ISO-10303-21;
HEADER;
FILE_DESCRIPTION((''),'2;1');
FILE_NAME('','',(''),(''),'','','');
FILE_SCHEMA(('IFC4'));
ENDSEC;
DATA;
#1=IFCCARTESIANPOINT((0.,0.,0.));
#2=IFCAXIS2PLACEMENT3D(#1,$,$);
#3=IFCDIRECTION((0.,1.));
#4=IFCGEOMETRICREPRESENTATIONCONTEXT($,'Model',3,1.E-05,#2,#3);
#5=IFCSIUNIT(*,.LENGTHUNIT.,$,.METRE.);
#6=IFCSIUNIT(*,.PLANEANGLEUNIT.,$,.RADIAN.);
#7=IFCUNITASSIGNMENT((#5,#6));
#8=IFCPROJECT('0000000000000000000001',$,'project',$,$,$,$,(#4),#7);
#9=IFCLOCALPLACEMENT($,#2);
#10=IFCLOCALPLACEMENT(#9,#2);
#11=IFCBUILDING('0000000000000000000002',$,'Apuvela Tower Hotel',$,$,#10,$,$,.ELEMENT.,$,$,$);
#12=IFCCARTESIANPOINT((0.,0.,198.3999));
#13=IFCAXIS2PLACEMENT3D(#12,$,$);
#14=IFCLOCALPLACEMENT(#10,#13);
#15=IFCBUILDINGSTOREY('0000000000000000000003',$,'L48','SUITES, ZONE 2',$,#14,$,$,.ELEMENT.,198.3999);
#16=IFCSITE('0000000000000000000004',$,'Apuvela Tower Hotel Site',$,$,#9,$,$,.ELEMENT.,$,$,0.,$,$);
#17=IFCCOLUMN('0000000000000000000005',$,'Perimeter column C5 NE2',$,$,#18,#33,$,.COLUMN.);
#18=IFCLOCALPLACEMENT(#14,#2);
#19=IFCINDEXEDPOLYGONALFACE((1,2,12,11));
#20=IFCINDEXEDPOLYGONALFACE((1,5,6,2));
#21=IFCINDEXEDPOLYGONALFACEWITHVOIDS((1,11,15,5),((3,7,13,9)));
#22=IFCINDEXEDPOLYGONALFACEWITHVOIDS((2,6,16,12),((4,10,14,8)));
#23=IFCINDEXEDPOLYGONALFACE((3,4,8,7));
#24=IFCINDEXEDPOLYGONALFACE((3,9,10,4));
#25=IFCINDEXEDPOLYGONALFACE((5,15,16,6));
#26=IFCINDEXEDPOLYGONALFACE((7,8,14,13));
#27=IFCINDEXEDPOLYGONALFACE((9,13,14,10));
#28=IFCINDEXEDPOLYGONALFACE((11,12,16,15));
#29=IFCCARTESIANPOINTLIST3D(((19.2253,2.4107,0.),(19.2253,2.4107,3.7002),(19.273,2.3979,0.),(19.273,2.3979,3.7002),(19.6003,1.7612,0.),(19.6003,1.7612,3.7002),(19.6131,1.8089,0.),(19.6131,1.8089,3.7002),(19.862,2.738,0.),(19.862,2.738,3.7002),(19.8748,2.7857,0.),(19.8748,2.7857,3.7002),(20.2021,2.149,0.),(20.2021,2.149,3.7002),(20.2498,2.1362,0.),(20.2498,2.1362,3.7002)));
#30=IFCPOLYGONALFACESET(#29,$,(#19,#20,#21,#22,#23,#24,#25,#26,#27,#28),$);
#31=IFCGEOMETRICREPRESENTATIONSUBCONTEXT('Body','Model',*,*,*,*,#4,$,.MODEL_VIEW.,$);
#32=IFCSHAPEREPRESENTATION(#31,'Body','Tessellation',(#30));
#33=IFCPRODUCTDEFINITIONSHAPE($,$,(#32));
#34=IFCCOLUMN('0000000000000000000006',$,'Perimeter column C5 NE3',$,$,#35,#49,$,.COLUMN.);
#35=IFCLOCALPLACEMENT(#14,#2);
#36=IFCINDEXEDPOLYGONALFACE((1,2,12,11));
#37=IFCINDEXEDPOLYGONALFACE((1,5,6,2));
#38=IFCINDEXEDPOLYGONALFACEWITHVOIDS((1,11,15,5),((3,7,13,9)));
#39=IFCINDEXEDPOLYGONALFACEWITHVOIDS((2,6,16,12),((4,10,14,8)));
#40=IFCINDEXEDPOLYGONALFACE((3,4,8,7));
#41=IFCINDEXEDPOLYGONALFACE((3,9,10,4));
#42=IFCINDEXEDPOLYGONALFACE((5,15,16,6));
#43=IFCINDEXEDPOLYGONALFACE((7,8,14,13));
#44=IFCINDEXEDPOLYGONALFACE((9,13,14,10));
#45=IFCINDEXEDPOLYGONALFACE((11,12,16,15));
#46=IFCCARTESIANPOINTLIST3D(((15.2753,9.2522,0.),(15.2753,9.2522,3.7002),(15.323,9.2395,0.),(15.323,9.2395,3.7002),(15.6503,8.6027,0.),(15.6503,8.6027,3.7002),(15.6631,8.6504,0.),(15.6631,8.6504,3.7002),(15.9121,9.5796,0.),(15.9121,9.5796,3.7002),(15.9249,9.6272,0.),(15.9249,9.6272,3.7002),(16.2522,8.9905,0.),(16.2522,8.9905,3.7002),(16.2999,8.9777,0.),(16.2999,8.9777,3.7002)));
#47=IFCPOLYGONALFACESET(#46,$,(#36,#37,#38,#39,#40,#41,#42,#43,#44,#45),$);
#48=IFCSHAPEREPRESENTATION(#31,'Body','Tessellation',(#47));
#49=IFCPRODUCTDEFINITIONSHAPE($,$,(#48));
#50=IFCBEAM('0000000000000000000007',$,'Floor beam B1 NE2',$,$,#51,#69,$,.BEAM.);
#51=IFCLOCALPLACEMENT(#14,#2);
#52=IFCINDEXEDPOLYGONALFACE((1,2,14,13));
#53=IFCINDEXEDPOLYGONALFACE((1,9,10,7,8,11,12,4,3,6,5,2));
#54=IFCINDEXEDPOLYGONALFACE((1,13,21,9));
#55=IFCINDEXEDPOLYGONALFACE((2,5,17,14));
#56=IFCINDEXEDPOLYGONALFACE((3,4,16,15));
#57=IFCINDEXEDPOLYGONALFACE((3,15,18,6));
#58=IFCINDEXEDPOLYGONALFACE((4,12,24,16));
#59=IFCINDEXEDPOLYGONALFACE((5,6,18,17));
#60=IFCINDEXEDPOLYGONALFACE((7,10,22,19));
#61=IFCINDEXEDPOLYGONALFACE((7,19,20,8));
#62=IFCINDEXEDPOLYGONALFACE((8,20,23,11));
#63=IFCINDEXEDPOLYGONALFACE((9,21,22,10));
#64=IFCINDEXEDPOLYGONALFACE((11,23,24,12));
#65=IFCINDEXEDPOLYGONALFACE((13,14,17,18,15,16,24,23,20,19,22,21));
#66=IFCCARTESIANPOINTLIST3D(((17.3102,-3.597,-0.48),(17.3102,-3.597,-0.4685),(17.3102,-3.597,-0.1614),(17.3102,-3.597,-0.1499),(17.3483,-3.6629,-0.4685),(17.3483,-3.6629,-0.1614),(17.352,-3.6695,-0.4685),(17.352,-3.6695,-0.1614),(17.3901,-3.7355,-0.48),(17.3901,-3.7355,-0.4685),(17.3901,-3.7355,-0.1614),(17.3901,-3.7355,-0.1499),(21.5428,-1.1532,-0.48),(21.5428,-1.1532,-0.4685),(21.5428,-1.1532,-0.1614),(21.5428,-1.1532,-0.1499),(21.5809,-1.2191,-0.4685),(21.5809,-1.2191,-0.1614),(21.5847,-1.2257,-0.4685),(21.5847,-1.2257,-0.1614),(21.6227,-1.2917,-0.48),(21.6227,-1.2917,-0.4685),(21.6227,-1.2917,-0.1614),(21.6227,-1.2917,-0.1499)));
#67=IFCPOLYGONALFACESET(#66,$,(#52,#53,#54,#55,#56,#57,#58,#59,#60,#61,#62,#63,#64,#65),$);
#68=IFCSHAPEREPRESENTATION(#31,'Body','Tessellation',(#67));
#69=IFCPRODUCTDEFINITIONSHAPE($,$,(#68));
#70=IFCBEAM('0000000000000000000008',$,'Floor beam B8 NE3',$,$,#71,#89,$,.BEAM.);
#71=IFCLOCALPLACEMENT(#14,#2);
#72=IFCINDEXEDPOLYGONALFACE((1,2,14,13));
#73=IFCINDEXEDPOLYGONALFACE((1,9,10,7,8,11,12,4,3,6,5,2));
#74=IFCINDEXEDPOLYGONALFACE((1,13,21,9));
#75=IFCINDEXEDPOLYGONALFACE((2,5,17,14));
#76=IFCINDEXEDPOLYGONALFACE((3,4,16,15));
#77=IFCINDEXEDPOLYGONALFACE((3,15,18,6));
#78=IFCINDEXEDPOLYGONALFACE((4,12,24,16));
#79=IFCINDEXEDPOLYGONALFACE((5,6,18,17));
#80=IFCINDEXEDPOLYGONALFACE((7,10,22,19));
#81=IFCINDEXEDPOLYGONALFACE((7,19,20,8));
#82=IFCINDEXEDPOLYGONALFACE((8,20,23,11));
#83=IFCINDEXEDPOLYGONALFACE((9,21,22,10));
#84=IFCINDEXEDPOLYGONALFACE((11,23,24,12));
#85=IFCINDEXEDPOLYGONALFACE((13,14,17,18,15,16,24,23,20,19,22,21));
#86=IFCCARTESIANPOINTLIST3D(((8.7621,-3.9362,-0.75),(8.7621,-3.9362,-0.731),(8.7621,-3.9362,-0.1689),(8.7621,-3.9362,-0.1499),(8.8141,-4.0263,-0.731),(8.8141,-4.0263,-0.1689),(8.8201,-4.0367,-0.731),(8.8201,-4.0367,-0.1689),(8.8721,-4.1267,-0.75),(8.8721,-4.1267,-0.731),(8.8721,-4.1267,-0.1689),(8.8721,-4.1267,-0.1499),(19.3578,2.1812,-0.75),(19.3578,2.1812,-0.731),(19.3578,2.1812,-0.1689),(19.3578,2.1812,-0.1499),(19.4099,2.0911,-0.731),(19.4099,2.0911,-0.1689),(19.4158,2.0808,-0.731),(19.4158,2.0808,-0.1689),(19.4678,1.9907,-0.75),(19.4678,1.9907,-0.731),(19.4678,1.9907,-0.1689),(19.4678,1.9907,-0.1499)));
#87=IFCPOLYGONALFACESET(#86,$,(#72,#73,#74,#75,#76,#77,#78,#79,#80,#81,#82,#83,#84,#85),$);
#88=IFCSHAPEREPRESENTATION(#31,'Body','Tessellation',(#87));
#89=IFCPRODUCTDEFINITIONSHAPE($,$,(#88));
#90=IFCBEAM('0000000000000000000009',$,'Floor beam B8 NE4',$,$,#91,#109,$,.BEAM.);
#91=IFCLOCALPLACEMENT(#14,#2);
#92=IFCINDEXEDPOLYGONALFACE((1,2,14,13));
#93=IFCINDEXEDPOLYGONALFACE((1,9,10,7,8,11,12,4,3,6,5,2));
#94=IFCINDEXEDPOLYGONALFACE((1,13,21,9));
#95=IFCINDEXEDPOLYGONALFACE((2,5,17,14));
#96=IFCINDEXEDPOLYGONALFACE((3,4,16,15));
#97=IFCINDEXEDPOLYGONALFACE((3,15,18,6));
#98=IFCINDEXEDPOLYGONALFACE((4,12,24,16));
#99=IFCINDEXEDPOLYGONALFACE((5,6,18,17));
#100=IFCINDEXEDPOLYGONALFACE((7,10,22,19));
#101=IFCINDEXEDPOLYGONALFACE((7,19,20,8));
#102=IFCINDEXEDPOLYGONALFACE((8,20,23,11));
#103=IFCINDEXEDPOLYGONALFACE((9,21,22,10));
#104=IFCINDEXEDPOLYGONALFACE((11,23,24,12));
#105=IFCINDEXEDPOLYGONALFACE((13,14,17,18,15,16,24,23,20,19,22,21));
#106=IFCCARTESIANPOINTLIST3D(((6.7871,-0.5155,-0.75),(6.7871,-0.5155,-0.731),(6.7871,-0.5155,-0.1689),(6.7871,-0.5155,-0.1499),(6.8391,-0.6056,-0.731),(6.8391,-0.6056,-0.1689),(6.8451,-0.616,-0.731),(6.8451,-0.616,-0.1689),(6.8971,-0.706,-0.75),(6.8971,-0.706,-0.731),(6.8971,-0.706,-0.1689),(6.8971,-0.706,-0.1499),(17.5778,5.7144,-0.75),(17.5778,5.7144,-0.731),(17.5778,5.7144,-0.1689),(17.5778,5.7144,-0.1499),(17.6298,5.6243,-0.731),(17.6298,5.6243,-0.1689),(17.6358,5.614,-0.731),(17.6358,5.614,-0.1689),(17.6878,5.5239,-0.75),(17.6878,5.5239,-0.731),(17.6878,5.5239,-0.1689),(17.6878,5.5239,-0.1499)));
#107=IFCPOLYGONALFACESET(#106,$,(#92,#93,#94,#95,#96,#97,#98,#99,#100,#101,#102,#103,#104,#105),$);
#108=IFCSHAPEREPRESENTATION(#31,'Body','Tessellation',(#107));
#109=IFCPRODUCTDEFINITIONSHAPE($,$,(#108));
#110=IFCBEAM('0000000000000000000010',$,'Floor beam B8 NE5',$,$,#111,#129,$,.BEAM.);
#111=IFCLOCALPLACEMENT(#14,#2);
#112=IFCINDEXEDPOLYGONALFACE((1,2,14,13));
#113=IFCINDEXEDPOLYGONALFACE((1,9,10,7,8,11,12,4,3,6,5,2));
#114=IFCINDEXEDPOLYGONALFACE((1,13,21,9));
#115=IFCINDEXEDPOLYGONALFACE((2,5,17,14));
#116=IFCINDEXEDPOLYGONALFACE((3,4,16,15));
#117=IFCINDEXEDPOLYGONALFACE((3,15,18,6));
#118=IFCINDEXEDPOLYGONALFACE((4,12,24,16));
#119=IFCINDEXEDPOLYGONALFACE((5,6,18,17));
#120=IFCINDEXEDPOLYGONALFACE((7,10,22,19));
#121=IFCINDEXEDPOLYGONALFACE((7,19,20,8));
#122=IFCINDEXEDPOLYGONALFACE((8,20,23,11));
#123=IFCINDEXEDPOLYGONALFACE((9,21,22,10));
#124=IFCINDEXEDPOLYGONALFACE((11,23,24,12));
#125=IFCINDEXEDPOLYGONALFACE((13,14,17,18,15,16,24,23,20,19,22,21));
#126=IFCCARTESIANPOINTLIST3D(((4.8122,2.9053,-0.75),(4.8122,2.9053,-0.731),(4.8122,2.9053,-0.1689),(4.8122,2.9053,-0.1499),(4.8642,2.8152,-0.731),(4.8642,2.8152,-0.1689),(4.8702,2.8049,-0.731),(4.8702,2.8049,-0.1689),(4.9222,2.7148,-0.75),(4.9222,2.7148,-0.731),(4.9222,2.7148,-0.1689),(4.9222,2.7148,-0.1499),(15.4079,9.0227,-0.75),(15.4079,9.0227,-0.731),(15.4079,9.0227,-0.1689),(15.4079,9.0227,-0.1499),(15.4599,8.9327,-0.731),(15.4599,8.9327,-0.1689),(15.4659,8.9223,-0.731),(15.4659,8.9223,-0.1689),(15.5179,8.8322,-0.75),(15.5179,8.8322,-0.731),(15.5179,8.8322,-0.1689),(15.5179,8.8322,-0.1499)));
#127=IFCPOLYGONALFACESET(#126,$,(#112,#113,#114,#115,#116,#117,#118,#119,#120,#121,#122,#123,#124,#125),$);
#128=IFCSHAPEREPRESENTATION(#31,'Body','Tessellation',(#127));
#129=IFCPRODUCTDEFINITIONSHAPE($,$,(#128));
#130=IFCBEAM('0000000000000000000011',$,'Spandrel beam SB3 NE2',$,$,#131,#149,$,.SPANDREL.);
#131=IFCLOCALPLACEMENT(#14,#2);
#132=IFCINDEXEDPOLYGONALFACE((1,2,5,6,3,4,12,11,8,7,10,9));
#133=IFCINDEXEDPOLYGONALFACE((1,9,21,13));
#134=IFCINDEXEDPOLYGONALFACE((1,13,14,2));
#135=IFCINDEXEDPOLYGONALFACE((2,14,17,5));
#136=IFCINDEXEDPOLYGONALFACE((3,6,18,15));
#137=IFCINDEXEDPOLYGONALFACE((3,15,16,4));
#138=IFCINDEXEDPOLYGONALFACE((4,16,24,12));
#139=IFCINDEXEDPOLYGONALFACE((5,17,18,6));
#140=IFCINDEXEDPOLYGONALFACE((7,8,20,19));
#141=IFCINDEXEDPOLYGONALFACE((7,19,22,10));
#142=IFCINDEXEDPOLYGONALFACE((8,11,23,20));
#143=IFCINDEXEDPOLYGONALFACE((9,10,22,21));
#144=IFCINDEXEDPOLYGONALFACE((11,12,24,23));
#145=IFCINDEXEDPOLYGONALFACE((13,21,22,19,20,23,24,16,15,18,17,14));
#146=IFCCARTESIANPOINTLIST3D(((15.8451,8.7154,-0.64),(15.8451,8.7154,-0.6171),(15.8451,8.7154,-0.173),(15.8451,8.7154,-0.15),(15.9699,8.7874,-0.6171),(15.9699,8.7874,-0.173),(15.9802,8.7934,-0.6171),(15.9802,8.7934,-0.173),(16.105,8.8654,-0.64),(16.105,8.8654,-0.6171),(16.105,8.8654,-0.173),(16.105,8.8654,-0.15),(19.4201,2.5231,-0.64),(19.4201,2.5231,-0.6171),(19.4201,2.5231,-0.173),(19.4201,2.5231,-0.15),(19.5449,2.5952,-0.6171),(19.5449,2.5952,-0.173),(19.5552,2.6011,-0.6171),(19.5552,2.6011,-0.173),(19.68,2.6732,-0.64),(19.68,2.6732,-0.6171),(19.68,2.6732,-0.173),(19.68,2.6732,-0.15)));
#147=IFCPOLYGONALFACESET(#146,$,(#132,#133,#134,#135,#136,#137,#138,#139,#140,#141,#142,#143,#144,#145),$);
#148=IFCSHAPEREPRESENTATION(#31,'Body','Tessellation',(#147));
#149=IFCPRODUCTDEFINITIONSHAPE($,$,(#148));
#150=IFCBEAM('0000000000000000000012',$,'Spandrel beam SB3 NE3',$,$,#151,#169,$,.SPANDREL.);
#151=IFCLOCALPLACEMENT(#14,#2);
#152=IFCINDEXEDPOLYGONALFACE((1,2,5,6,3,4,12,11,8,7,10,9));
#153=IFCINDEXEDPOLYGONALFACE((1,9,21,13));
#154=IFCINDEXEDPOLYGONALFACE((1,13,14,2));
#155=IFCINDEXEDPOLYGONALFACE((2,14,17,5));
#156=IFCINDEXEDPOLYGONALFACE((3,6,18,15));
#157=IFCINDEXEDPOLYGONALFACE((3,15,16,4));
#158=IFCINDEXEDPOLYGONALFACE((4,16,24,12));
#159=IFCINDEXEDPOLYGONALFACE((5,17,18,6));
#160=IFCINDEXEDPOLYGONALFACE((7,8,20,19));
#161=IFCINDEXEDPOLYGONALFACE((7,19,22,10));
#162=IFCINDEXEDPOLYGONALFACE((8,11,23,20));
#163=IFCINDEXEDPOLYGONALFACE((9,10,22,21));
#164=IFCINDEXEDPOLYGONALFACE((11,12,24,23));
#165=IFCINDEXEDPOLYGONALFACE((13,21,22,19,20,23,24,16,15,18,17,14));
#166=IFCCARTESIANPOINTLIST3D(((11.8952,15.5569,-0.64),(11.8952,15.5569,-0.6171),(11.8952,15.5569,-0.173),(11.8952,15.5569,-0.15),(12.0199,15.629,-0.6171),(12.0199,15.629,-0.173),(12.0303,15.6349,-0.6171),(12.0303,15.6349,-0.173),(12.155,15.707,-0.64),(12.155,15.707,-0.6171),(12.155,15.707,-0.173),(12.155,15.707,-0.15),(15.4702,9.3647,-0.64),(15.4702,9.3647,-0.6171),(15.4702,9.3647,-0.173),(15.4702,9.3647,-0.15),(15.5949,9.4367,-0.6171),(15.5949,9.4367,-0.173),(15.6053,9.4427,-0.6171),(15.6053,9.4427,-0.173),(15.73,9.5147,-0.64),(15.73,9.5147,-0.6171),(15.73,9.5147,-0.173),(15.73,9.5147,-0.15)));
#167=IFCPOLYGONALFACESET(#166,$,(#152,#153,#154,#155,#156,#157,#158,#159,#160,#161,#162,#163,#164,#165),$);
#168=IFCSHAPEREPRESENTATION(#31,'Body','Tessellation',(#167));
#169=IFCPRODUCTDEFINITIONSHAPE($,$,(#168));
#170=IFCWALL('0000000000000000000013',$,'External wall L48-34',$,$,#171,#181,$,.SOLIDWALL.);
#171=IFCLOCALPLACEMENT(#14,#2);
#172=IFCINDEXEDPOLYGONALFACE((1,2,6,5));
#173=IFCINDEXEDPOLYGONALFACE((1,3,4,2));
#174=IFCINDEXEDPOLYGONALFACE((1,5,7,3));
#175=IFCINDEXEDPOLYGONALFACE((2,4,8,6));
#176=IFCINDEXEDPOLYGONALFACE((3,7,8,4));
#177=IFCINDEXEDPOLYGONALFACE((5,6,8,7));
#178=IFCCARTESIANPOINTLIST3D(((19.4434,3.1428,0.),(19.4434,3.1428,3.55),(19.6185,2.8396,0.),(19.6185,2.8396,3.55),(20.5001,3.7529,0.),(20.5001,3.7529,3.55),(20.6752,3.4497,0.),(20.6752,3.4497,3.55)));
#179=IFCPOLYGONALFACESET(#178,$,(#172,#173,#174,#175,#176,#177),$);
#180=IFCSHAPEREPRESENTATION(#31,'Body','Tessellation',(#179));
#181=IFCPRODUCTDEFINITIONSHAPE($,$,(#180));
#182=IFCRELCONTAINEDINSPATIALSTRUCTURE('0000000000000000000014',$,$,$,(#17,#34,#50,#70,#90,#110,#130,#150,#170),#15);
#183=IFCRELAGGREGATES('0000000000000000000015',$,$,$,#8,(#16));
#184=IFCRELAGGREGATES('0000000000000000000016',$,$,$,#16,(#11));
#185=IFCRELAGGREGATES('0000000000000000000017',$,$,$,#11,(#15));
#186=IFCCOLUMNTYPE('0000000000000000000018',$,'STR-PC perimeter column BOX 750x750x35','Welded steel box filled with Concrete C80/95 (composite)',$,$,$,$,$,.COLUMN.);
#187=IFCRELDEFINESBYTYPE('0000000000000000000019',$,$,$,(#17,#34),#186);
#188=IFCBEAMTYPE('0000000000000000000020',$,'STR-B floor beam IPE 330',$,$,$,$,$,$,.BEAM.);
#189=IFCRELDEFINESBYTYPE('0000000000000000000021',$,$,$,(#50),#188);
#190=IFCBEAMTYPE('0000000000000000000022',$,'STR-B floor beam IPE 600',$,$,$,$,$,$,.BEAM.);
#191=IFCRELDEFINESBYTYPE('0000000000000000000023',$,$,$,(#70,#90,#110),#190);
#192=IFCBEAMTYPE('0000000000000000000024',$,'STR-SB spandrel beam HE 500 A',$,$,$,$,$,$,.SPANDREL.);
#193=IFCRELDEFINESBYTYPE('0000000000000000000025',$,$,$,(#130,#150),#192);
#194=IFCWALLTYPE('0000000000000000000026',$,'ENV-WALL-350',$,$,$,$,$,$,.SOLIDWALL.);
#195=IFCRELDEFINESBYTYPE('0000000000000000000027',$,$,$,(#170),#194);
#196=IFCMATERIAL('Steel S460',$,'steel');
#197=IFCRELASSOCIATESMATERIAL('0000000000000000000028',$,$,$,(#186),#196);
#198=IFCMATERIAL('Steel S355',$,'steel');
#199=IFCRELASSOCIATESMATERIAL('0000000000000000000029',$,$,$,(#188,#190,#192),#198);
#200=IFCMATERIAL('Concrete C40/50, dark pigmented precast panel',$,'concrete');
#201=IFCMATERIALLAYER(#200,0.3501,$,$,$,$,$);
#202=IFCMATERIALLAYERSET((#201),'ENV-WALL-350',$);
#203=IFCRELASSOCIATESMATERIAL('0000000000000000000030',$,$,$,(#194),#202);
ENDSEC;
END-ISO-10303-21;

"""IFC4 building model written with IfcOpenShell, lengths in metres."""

from ifc_helpers import new_model, si_unit, direction, frame, frame_2d, origin, origin_2d, place, context, subcontext, project, spatial, rectangle, hollow_rectangle, i_section, extrude, material, layer, layer_set, material_profile, profile_set, type_object, element, save


model = new_model("IFC4")

# Units and contexts
model_context = context("Model", 3, precision=1e-05, world=origin(), true_north=direction((0.0, 1.0)))
body_context = subcontext(model_context, "Body", "Model", "MODEL_VIEW")
ifc_project = project(units=[si_unit("LENGTHUNIT", "METRE"), si_unit("PLANEANGLEUNIT", "RADIAN")], contexts=[model_context])

# Site, building, storey
site_placement = place(None, origin())
site = spatial("IfcSite", under=ifc_project, at=site_placement, Name="Apuvela Tower Hotel Site", CompositionType="ELEMENT", RefElevation=0.0)
building_placement = place(site_placement, origin())
building = spatial("IfcBuilding", under=site, at=building_placement, Name="Apuvela Tower Hotel", CompositionType="ELEMENT")
storey_placement = place(building_placement, frame((0.0, 0.0, 198.3999)))
storey = spatial("IfcBuildingStorey", under=building, at=storey_placement, Name="L48", Description="SUITES, ZONE 2", CompositionType="ELEMENT", Elevation=198.3999)

# Columns
ifc_material_1 = material(Name="Steel S460", Category="steel")
ifc_material_profile_1 = material_profile(ifc_material_1, hollow_rectangle(XDim=0.75, YDim=0.75, WallThickness=0.0349, at=origin_2d()), Name="BOX 750x750x35")
ifc_material_2 = material(Name="Concrete C80/95", Category="concrete")
ifc_material_profile_2 = material_profile(ifc_material_2, rectangle(XDim=0.6799, YDim=0.6799, at=origin_2d()), Name="Concrete C80/95 infill")
ifc_profile_set_1 = profile_set([ifc_material_profile_1, ifc_material_profile_2], Name="Steel S460")
column_type = type_object("IfcColumnType", Name="STR-PC perimeter column BOX 750x750x35", Description="Welded steel box filled with Concrete C80/95 (composite)", PredefinedType="COLUMN", material=ifc_profile_set_1)
for number, where, z_axis, x_axis, name in (
    (1, (19.7375, 2.2734, 0.0), (0.0, 0.0, 1.0), (-0.5, 0.866025, 0.0), "Perimeter column C5 NE2"),
    (2, (15.7876, 9.115, 0.0), (0.0, 0.0, 1.0), (-0.5, 0.866025, 0.0), "Perimeter column C5 NE3"),
):
    element("IfcColumn", number, at=place(storey_placement, frame(where, z_axis=z_axis, x_axis=x_axis)), inside=storey, type_object=column_type, Name=name, PredefinedType="COLUMN", context=body_context, shape_type="SweptSolid", body=[
        extrude(hollow_rectangle(XDim=0.75, YDim=0.75, WallThickness=0.0349, at=origin_2d()), origin(), (0.0, 0.0, 1.0), 3.7002),
    ])

# Beams
ifc_material_3 = material(Name="Steel S355", Category="steel")
ifc_material_profile_3 = material_profile(ifc_material_3, i_section(OverallWidth=0.1599, OverallDepth=0.3301, WebThickness=0.0076, FlangeThickness=0.0115, at=origin_2d()), Name="IPE 330")
ifc_profile_set_2 = profile_set([ifc_material_profile_3], Name="Steel S355")
beam_type_1 = type_object("IfcBeamType", Name="STR-B floor beam IPE 330", PredefinedType="BEAM", material=ifc_profile_set_2)
beam_1_placement = place(storey_placement, frame((21.5828, -1.2224, -0.3149), z_axis=(-0.866015, -0.500018, 0.0), x_axis=(0.500018, -0.866015, 0.0)))
element("IfcBeam", 3, at=beam_1_placement, inside=storey, type_object=beam_type_1, Name="Floor beam B1 NE2", PredefinedType="BEAM", context=body_context, shape_type="SweptSolid", body=[
    extrude(i_section(OverallWidth=0.1599, OverallDepth=0.3301, WebThickness=0.0076, FlangeThickness=0.0115, at=origin_2d()), origin(), (0.0, 0.0, 1.0), 4.8875),
])
ifc_material_profile_4 = material_profile(ifc_material_3, i_section(OverallWidth=0.22, OverallDepth=0.6001, WebThickness=0.012, FlangeThickness=0.019, at=origin_2d()), Name="IPE 600")
ifc_profile_set_3 = profile_set([ifc_material_profile_4], Name="Steel S355")
beam_type_2 = type_object("IfcBeamType", Name="STR-B floor beam IPE 600", PredefinedType="BEAM", material=ifc_profile_set_3)
beam_2_placement = place(storey_placement, frame((19.4128, 2.0859, -0.45), z_axis=(-0.866025, -0.5, 0.0), x_axis=(0.5, -0.866025, 0.0)))
element("IfcBeam", 4, at=beam_2_placement, inside=storey, type_object=beam_type_2, Name="Floor beam B8 NE3", PredefinedType="BEAM", context=body_context, shape_type="SweptSolid", body=[
    extrude(i_section(OverallWidth=0.22, OverallDepth=0.6001, WebThickness=0.012, FlangeThickness=0.019, at=origin_2d()), origin(), (0.0, 0.0, 1.0), 12.2349),
])
beam_3_placement = place(storey_placement, frame((17.6328, 5.6191, -0.45), z_axis=(-0.866028, -0.499996, 0.0), x_axis=(0.499996, -0.866028, 0.0)))
element("IfcBeam", 5, at=beam_3_placement, inside=storey, type_object=beam_type_2, Name="Floor beam B8 NE4", PredefinedType="BEAM", context=body_context, shape_type="SweptSolid", body=[
    extrude(i_section(OverallWidth=0.22, OverallDepth=0.6001, WebThickness=0.012, FlangeThickness=0.019, at=origin_2d()), origin(), (0.0, 0.0, 1.0), 12.46),
])
beam_4_placement = place(storey_placement, frame((15.4629, 8.9275, -0.45), z_axis=(-0.866025, -0.5, 0.0), x_axis=(0.5, -0.866025, 0.0)))
element("IfcBeam", 6, at=beam_4_placement, inside=storey, type_object=beam_type_2, Name="Floor beam B8 NE5", PredefinedType="BEAM", context=body_context, shape_type="SweptSolid", body=[
    extrude(i_section(OverallWidth=0.22, OverallDepth=0.6001, WebThickness=0.012, FlangeThickness=0.019, at=origin_2d()), origin(), (0.0, 0.0, 1.0), 12.2349),
])
ifc_material_profile_5 = material_profile(ifc_material_3, i_section(OverallWidth=0.3, OverallDepth=0.49, WebThickness=0.012, FlangeThickness=0.0229, at=origin_2d()), Name="HE 500 A")
ifc_profile_set_4 = profile_set([ifc_material_profile_5], Name="Steel S355")
beam_type_3 = type_object("IfcBeamType", Name="STR-SB spandrel beam HE 500 A", PredefinedType="SPANDREL", material=ifc_profile_set_4)
for number, where, z_axis, x_axis, name in (
    (7, (19.55, 2.5981, -0.395), (-0.499991, 0.86603, 0.0), (-0.86603, -0.499991, 0.0), "Spandrel beam SB3 NE2"),
    (8, (15.6001, 9.4397, -0.395), (-0.499991, 0.86603, 0.0), (-0.86603, -0.499991, 0.0), "Spandrel beam SB3 NE3"),
):
    element("IfcBeam", number, at=place(storey_placement, frame(where, z_axis=z_axis, x_axis=x_axis)), inside=storey, type_object=beam_type_3, Name=name, PredefinedType="SPANDREL", context=body_context, shape_type="SweptSolid", body=[
        extrude(i_section(OverallWidth=0.3, OverallDepth=0.49, WebThickness=0.012, FlangeThickness=0.0229, at=origin_2d()), origin(), (0.0, 0.0, 1.0), 7.1501),
    ])

# Wall
ifc_material_4 = material(Name="Concrete C40/50, dark pigmented precast panel", Category="concrete")
ifc_layer_1 = layer(ifc_material_4, 0.3501)
ifc_layer_set_1 = layer_set([ifc_layer_1], Name="ENV-WALL-350")
wall_type_1 = type_object("IfcWallType", Name="ENV-WALL-350", PredefinedType="SOLIDWALL", material=ifc_layer_set_1)
wall_1_placement = place(storey_placement, frame((20.5876, 3.6013, 0.0), z_axis=(0.0, 0.0, 1.0), x_axis=(-0.866006, -0.500034, 0.0)))
element("IfcWall", 9, at=wall_1_placement, inside=storey, type_object=wall_type_1, Name="External wall L48-34", PredefinedType="SOLIDWALL", context=body_context, shape_type="SweptSolid", body=[
    extrude(rectangle(XDim=1.2202, YDim=0.3501, at=frame_2d((0.6101, 0.0))), origin(), (0.0, 0.0, 1.0), 3.55),
])

save(model, "model.ifc")
